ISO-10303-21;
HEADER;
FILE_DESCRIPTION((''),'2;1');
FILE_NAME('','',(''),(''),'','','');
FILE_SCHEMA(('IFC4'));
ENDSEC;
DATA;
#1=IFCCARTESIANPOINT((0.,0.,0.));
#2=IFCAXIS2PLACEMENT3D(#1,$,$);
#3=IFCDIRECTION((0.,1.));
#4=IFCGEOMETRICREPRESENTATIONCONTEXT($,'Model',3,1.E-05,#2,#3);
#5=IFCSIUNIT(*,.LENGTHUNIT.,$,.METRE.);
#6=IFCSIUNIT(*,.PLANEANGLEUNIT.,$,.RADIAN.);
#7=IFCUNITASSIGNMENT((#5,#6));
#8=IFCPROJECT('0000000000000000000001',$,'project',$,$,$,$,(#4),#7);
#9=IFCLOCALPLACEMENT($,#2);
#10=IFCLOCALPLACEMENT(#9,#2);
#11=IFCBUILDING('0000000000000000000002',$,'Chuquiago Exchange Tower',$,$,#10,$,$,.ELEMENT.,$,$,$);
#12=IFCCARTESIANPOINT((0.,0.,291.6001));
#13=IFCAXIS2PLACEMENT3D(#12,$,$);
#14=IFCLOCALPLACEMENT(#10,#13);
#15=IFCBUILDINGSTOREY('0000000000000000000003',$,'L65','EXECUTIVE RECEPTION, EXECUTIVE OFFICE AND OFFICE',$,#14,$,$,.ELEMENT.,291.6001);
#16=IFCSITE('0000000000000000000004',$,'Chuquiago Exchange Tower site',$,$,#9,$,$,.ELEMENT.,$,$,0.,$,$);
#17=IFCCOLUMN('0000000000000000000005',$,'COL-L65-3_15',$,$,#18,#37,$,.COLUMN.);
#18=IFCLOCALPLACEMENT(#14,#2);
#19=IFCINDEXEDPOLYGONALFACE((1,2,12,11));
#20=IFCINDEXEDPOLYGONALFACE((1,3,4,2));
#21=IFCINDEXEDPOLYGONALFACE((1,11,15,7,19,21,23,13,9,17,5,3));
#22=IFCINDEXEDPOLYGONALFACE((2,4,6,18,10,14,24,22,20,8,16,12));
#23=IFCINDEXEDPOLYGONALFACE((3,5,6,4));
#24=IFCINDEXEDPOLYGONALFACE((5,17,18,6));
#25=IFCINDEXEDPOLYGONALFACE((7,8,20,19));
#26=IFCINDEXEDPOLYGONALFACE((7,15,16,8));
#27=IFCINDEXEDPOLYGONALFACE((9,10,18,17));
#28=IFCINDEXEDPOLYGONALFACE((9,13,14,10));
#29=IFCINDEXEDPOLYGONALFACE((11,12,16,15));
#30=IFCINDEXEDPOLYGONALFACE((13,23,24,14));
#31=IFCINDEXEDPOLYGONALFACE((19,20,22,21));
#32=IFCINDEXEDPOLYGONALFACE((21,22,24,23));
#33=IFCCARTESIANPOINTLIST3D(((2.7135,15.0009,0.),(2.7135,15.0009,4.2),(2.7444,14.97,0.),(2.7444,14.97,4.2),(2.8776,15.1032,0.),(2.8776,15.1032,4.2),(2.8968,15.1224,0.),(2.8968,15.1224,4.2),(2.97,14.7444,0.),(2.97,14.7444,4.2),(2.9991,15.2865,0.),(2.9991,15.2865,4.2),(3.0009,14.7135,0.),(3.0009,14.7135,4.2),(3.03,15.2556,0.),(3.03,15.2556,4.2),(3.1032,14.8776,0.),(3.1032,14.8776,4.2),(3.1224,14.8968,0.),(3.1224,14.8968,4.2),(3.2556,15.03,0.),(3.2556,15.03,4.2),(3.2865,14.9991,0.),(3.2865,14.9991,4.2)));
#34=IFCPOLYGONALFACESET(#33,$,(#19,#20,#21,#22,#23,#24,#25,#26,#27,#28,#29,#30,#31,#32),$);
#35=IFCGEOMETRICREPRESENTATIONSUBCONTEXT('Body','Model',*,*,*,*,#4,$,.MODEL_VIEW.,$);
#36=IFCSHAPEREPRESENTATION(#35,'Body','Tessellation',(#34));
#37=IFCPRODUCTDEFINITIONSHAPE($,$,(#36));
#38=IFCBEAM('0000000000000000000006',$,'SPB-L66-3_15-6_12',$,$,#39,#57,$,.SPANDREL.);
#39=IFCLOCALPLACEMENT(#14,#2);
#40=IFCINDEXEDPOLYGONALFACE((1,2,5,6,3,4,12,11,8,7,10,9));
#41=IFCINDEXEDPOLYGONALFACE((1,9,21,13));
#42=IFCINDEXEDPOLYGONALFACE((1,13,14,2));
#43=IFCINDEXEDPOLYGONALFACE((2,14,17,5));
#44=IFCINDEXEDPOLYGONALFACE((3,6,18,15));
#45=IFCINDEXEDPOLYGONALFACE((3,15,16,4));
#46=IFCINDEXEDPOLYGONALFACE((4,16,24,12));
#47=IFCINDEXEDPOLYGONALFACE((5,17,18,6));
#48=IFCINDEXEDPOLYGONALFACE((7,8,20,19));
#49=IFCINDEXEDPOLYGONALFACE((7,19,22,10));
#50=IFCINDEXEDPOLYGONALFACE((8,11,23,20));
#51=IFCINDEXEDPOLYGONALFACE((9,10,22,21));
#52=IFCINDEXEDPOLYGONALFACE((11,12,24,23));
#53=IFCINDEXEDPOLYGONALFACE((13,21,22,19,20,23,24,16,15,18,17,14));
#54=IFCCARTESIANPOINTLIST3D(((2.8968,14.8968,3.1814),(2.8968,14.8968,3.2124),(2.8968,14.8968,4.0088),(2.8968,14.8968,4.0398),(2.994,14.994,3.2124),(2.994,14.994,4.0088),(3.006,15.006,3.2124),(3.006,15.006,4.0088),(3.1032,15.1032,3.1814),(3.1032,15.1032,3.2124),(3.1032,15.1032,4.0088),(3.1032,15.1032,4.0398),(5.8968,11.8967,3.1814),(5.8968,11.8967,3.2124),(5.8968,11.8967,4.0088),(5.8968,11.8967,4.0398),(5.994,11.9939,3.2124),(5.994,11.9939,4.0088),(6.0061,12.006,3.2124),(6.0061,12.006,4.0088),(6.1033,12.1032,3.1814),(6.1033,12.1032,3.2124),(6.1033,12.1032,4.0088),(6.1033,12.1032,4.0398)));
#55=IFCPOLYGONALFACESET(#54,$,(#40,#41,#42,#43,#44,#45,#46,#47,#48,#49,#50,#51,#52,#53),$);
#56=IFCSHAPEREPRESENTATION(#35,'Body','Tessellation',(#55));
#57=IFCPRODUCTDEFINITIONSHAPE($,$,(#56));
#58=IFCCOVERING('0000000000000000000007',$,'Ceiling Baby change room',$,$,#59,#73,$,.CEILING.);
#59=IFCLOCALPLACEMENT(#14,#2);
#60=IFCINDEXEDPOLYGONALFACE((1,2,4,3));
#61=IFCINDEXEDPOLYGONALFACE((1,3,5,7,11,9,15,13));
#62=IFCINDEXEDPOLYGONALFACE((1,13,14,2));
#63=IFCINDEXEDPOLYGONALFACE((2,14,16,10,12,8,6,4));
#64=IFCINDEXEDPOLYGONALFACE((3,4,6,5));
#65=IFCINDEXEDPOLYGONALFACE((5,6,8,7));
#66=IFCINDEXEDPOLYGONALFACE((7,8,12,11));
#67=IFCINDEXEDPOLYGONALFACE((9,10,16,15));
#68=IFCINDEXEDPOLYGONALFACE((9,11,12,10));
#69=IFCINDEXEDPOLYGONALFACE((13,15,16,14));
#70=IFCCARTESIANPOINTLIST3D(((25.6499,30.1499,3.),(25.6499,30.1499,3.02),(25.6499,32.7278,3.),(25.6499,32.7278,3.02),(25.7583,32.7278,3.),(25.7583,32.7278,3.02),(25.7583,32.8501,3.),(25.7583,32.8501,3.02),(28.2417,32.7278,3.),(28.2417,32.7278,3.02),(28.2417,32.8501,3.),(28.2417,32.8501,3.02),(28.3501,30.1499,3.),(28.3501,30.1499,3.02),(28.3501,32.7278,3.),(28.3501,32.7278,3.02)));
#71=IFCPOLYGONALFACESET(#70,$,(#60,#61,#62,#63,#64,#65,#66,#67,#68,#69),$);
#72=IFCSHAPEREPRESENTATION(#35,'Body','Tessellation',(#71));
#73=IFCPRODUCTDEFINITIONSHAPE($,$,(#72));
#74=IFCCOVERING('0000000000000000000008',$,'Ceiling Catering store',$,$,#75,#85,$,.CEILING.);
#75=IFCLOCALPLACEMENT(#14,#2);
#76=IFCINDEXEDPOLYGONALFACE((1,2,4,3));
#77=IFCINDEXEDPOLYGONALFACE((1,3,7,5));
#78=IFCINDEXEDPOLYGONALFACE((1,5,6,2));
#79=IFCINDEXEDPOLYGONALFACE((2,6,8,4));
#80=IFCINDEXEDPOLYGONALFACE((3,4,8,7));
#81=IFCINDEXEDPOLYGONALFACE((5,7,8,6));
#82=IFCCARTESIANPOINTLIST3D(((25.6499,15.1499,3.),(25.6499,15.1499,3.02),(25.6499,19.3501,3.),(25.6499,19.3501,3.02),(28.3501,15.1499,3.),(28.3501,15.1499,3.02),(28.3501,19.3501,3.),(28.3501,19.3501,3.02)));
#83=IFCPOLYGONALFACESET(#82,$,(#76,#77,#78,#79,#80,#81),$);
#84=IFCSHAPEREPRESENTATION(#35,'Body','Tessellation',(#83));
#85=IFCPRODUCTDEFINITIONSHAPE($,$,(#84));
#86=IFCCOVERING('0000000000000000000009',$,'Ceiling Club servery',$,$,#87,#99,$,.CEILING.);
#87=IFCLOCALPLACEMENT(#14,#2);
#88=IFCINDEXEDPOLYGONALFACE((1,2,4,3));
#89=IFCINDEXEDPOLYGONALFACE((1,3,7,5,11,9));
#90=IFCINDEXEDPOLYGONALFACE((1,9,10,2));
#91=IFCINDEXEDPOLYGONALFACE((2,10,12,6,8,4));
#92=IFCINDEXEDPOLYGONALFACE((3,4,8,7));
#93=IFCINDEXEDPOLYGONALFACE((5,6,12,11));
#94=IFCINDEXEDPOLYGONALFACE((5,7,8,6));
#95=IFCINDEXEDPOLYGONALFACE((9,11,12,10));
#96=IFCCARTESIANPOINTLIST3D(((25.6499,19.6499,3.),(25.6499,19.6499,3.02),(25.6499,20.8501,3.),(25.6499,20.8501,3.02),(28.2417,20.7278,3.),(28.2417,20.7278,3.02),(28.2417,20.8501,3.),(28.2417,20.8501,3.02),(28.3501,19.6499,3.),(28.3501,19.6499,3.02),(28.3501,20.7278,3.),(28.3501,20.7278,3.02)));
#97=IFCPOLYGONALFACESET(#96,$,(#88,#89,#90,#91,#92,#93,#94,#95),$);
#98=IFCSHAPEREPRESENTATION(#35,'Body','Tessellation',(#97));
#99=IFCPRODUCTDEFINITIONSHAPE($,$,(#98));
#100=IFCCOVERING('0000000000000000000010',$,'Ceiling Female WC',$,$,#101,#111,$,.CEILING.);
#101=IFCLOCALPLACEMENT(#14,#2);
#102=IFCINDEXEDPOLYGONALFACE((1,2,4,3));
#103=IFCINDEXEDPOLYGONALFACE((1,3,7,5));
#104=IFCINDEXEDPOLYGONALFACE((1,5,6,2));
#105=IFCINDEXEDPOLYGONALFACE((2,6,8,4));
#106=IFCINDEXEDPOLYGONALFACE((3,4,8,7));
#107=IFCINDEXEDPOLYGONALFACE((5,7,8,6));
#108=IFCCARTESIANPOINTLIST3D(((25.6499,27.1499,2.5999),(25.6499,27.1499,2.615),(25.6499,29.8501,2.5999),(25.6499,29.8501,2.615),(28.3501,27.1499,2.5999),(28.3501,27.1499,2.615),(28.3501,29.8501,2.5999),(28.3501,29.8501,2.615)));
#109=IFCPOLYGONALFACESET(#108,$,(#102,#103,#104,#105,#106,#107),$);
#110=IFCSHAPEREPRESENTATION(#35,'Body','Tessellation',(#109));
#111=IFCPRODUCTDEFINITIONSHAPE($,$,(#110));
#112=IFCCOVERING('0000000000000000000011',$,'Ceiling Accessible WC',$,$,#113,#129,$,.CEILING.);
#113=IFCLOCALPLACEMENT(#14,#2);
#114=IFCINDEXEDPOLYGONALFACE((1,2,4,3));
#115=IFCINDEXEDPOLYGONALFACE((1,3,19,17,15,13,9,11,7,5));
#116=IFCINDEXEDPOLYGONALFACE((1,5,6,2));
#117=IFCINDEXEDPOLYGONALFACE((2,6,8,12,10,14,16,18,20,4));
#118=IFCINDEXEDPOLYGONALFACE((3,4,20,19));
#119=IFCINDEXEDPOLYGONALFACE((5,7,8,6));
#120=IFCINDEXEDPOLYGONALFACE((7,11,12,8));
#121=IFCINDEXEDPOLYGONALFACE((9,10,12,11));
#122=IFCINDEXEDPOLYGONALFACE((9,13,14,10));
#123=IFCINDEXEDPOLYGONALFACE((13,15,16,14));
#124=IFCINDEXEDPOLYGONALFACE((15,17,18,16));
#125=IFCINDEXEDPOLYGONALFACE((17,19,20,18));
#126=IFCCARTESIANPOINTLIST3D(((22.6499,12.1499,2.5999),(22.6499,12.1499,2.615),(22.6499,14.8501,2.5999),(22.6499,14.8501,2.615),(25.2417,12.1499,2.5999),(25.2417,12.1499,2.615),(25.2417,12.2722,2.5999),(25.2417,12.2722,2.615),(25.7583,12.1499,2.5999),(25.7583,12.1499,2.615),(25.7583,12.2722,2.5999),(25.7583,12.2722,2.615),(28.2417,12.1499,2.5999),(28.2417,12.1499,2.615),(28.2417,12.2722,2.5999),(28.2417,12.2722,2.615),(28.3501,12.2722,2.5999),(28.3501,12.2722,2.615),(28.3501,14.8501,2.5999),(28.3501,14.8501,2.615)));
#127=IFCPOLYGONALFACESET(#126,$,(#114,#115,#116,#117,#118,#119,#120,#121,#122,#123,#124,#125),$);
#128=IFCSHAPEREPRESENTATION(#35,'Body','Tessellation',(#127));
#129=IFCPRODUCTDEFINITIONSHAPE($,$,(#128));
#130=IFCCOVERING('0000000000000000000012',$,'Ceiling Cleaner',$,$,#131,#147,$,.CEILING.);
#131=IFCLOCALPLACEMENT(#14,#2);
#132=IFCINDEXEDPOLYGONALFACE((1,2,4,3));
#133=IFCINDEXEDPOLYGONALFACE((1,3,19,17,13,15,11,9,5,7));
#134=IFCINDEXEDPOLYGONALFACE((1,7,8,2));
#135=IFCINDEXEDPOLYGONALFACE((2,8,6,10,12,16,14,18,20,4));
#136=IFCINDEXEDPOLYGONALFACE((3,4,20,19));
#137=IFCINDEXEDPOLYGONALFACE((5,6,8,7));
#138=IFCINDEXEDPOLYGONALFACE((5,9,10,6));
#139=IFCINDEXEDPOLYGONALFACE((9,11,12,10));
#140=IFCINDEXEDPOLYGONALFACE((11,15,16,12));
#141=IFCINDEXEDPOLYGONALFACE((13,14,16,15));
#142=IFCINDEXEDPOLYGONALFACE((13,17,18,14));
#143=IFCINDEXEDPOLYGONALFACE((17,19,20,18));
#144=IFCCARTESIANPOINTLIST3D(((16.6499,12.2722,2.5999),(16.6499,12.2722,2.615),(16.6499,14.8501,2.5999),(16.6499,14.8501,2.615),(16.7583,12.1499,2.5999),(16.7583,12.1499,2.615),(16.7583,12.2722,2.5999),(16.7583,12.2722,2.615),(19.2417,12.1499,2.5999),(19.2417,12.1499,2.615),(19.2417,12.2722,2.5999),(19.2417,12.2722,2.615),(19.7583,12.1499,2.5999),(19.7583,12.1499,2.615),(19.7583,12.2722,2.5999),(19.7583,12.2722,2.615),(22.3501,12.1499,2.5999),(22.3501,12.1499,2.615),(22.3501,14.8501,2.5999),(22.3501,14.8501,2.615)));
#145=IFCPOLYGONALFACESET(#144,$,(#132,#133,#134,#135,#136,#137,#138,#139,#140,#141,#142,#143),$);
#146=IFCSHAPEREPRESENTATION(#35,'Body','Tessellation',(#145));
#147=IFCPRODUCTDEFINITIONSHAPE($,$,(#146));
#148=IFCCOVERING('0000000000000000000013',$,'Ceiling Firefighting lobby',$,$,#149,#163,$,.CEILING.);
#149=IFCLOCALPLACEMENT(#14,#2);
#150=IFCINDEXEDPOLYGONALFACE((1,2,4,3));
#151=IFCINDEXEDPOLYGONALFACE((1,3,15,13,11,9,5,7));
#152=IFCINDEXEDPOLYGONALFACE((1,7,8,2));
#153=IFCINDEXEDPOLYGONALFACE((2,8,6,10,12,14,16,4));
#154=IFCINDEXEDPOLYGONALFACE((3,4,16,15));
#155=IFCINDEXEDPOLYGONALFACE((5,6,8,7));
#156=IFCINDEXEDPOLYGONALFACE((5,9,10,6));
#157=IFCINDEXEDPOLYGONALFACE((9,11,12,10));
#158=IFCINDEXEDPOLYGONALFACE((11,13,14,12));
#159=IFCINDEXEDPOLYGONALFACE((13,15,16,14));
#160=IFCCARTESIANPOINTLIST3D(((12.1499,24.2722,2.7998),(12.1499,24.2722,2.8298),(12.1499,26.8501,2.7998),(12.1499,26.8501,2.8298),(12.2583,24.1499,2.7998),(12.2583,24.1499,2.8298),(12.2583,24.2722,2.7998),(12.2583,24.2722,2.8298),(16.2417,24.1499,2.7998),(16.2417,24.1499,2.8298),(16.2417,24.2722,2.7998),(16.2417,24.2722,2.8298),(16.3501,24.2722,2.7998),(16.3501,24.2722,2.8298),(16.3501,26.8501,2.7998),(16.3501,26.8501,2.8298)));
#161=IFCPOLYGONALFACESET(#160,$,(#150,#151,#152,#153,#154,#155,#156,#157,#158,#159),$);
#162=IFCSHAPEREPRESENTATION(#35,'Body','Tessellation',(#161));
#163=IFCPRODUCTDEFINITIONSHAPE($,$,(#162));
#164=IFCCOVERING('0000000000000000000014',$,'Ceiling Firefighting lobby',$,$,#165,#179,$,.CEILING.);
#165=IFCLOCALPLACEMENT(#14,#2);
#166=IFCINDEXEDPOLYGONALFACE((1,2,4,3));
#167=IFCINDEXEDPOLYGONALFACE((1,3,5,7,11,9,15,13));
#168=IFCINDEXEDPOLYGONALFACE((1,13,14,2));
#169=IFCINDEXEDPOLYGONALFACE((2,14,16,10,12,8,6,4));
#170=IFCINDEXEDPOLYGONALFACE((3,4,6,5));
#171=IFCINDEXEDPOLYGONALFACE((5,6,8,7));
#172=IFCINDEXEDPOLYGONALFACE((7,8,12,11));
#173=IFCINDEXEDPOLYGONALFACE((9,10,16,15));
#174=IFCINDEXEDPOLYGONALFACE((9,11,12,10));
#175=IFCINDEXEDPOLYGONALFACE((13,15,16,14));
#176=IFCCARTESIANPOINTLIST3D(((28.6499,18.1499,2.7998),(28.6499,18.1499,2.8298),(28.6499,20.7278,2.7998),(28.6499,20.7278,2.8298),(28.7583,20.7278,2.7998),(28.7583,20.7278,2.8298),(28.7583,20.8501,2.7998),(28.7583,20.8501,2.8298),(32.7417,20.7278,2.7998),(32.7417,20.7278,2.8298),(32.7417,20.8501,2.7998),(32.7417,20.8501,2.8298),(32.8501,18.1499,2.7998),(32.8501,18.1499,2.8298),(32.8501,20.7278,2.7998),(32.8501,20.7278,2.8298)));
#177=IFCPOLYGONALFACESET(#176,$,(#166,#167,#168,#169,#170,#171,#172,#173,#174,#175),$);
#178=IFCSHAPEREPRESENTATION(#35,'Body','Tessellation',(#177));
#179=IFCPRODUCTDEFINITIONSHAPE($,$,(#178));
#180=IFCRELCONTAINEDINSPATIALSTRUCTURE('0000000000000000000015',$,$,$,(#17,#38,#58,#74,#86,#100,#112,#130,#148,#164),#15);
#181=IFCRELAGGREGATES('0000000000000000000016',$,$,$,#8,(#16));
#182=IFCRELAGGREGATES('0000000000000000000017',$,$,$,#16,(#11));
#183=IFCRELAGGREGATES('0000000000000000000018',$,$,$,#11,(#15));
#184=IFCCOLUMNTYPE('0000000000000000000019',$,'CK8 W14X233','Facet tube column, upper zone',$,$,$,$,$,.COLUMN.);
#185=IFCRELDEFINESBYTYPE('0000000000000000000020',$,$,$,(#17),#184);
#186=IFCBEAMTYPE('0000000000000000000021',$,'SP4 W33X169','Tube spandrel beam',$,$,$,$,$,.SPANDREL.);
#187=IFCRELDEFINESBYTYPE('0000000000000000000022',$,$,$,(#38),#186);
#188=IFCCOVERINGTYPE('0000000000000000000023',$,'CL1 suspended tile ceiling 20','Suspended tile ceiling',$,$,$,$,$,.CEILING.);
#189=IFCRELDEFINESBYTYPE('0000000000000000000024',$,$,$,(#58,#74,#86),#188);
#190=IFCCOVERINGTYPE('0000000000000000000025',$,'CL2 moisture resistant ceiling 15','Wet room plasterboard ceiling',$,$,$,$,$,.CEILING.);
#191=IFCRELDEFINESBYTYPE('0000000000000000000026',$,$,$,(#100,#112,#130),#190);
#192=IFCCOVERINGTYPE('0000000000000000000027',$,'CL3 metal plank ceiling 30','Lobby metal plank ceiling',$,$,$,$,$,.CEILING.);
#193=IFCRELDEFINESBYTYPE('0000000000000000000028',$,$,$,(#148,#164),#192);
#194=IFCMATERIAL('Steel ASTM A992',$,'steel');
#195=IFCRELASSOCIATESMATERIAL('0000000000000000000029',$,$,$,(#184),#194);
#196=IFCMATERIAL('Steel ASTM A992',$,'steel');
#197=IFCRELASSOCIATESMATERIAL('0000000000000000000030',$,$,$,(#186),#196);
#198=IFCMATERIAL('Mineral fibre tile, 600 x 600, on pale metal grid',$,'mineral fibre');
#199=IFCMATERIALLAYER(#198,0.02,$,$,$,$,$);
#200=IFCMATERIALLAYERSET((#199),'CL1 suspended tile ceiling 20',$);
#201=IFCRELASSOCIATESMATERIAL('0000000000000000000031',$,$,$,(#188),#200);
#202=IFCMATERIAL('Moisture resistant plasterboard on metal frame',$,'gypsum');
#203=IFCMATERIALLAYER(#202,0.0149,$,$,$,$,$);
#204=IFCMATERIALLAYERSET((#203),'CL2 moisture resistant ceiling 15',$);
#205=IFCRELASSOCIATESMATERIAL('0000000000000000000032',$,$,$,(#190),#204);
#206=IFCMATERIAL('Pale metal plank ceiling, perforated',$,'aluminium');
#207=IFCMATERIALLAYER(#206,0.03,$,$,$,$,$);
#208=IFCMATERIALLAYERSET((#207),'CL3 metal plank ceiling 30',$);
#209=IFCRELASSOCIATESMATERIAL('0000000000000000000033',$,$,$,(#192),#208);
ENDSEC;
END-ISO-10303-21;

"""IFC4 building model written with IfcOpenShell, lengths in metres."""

from ifc_helpers import new_model, si_unit, direction, frame, origin, origin_2d, place, context, subcontext, project, spatial, polyline, i_section, outline, extrude, material, layer, layer_set, material_profile, profile_set, type_object, element, save


model = new_model("IFC4")

# Units and contexts
model_context = context("Model", 3, precision=1e-05, world=origin(), true_north=direction((0.0, 1.0)))
body_context = subcontext(model_context, "Body", "Model", "MODEL_VIEW")
ifc_project = project(units=[si_unit("LENGTHUNIT", "METRE"), si_unit("PLANEANGLEUNIT", "RADIAN")], contexts=[model_context])

# Site, building, storey
site_placement = place(None, origin())
site = spatial("IfcSite", under=ifc_project, at=site_placement, Name="Chuquiago Exchange Tower site", CompositionType="ELEMENT", RefElevation=0.0)
building_placement = place(site_placement, origin())
building = spatial("IfcBuilding", under=site, at=building_placement, Name="Chuquiago Exchange Tower", CompositionType="ELEMENT")
storey_placement = place(building_placement, frame((0.0, 0.0, 291.6001)))
storey = spatial("IfcBuildingStorey", under=building, at=storey_placement, Name="L65", Description="EXECUTIVE RECEPTION, EXECUTIVE OFFICE AND OFFICE", CompositionType="ELEMENT", Elevation=291.6001)

# Column
ifc_material_1 = material(Name="Steel ASTM A992", Category="steel")
ifc_material_profile_1 = material_profile(ifc_material_1, i_section(OverallWidth=0.4038, OverallDepth=0.4065, WebThickness=0.0271, FlangeThickness=0.0437, at=origin_2d()), Name="W14X233")
ifc_profile_set_1 = profile_set([ifc_material_profile_1], Name="Steel ASTM A992")
column_type = type_object("IfcColumnType", Name="CK8 W14X233", Description="Facet tube column, upper zone", PredefinedType="COLUMN", material=ifc_profile_set_1)
column_placement = place(storey_placement, frame((3.0, 15.0, 0.0), z_axis=(0.0, 0.0, 1.0), x_axis=(-0.707107, -0.707107, 0.0)))
element("IfcColumn", 1, at=column_placement, inside=storey, type_object=column_type, Name="COL-L65-3_15", PredefinedType="COLUMN", context=body_context, shape_type="SweptSolid", body=[
    extrude(i_section(OverallWidth=0.4038, OverallDepth=0.4065, WebThickness=0.0271, FlangeThickness=0.0437, at=origin_2d()), origin(), (0.0, 0.0, 1.0), 4.2),
])

# Beam
ifc_material_2 = material(Name="Steel ASTM A992", Category="steel")
ifc_material_profile_2 = material_profile(ifc_material_2, i_section(OverallWidth=0.292, OverallDepth=0.8584, WebThickness=0.0171, FlangeThickness=0.031, at=origin_2d()), Name="W33X169")
ifc_profile_set_2 = profile_set([ifc_material_profile_2], Name="Steel ASTM A992")
beam_type = type_object("IfcBeamType", Name="SP4 W33X169", Description="Tube spandrel beam", PredefinedType="SPANDREL", material=ifc_profile_set_2)
beam_placement = place(storey_placement, frame((3.0, 15.0, 3.6106), z_axis=(0.707107, -0.707107, 0.0), x_axis=(0.707107, 0.707107, 0.0)))
element("IfcBeam", 2, at=beam_placement, inside=storey, type_object=beam_type, Name="SPB-L66-3_15-6_12", PredefinedType="SPANDREL", context=body_context, shape_type="SweptSolid", body=[
    extrude(i_section(OverallWidth=0.292, OverallDepth=0.8584, WebThickness=0.0171, FlangeThickness=0.031, at=origin_2d()), origin(), (0.0, 0.0, 1.0), 4.2427),
])

# Coverings
ifc_material_3 = material(Name="Mineral fibre tile, 600 x 600, on pale metal grid", Category="mineral fibre")
ifc_layer_1 = layer(ifc_material_3, 0.02)
ifc_layer_set_1 = layer_set([ifc_layer_1], Name="CL1 suspended tile ceiling 20")
covering_type_1 = type_object("IfcCoveringType", Name="CL1 suspended tile ceiling 20", Description="Suspended tile ceiling", PredefinedType="CEILING", material=ifc_layer_set_1)
covering_1_placement = place(storey_placement, frame((0.0, 0.0, 3.0)))
element("IfcCovering", 3, at=covering_1_placement, inside=storey, type_object=covering_type_1, Name="Ceiling Baby change room", PredefinedType="CEILING", context=body_context, shape_type="SweptSolid", body=[
    extrude(outline(polyline([(25.6499, 30.1499), (25.6499, 32.7278), (25.7583, 32.7278), (25.7583, 32.8501), (28.2417, 32.8501), (28.2417, 32.7278), (28.3501, 32.7278), (28.3501, 30.1499), (25.6499, 30.1499)])), origin(), (0.0, 0.0, 1.0), 0.02),
])
covering_2_placement = place(storey_placement, frame((0.0, 0.0, 3.0)))
element("IfcCovering", 4, at=covering_2_placement, inside=storey, type_object=covering_type_1, Name="Ceiling Catering store", PredefinedType="CEILING", context=body_context, shape_type="SweptSolid", body=[
    extrude(outline(polyline([(25.6499, 15.1499), (25.6499, 19.3501), (28.3501, 19.3501), (28.3501, 15.1499), (25.6499, 15.1499)])), origin(), (0.0, 0.0, 1.0), 0.02),
])
covering_3_placement = place(storey_placement, frame((0.0, 0.0, 3.0)))
element("IfcCovering", 5, at=covering_3_placement, inside=storey, type_object=covering_type_1, Name="Ceiling Club servery", PredefinedType="CEILING", context=body_context, shape_type="SweptSolid", body=[
    extrude(outline(polyline([(25.6499, 19.6499), (25.6499, 20.8501), (28.2417, 20.8501), (28.2417, 20.7278), (28.3501, 20.7278), (28.3501, 19.6499), (25.6499, 19.6499)])), origin(), (0.0, 0.0, 1.0), 0.02),
])
ifc_material_4 = material(Name="Moisture resistant plasterboard on metal frame", Category="gypsum")
ifc_layer_2 = layer(ifc_material_4, 0.0149)
ifc_layer_set_2 = layer_set([ifc_layer_2], Name="CL2 moisture resistant ceiling 15")
covering_type_2 = type_object("IfcCoveringType", Name="CL2 moisture resistant ceiling 15", Description="Wet room plasterboard ceiling", PredefinedType="CEILING", material=ifc_layer_set_2)
covering_4_placement = place(storey_placement, frame((0.0, 0.0, 2.5999)))
element("IfcCovering", 6, at=covering_4_placement, inside=storey, type_object=covering_type_2, Name="Ceiling Female WC", PredefinedType="CEILING", context=body_context, shape_type="SweptSolid", body=[
    extrude(outline(polyline([(25.6499, 27.1499), (25.6499, 29.8501), (28.3501, 29.8501), (28.3501, 27.1499), (25.6499, 27.1499)])), origin(), (0.0, 0.0, 1.0), 0.0151),
])
covering_5_placement = place(storey_placement, frame((0.0, 0.0, 2.5999)))
element("IfcCovering", 7, at=covering_5_placement, inside=storey, type_object=covering_type_2, Name="Ceiling Accessible WC", PredefinedType="CEILING", context=body_context, shape_type="SweptSolid", body=[
    extrude(outline(polyline([(25.7583, 12.1499), (25.7583, 12.2722), (25.2417, 12.2722), (25.2417, 12.1499), (22.6499, 12.1499), (22.6499, 14.8501), (28.3501, 14.8501), (28.3501, 12.2722), (28.2417, 12.2722), (28.2417, 12.1499), (25.7583, 12.1499)])), origin(), (0.0, 0.0, 1.0), 0.0151),
])
covering_6_placement = place(storey_placement, frame((0.0, 0.0, 2.5999)))
element("IfcCovering", 8, at=covering_6_placement, inside=storey, type_object=covering_type_2, Name="Ceiling Cleaner", PredefinedType="CEILING", context=body_context, shape_type="SweptSolid", body=[
    extrude(outline(polyline([(19.7583, 12.1499), (19.7583, 12.2722), (19.2417, 12.2722), (19.2417, 12.1499), (16.7583, 12.1499), (16.7583, 12.2722), (16.6499, 12.2722), (16.6499, 14.8501), (22.3501, 14.8501), (22.3501, 12.1499), (19.7583, 12.1499)])), origin(), (0.0, 0.0, 1.0), 0.0151),
])
ifc_material_5 = material(Name="Pale metal plank ceiling, perforated", Category="aluminium")
ifc_layer_3 = layer(ifc_material_5, 0.03)
ifc_layer_set_3 = layer_set([ifc_layer_3], Name="CL3 metal plank ceiling 30")
covering_type_3 = type_object("IfcCoveringType", Name="CL3 metal plank ceiling 30", Description="Lobby metal plank ceiling", PredefinedType="CEILING", material=ifc_layer_set_3)
covering_7_placement = place(storey_placement, frame((0.0, 0.0, 2.7998)))
element("IfcCovering", 9, at=covering_7_placement, inside=storey, type_object=covering_type_3, Name="Ceiling Firefighting lobby", PredefinedType="CEILING", context=body_context, shape_type="SweptSolid", body=[
    extrude(outline(polyline([(12.2583, 24.1499), (12.2583, 24.2722), (12.1499, 24.2722), (12.1499, 26.8501), (16.3501, 26.8501), (16.3501, 24.2722), (16.2417, 24.2722), (16.2417, 24.1499), (12.2583, 24.1499)])), origin(), (0.0, 0.0, 1.0), 0.03),
])
covering_8_placement = place(storey_placement, frame((0.0, 0.0, 2.7998)))
element("IfcCovering", 10, at=covering_8_placement, inside=storey, type_object=covering_type_3, Name="Ceiling Firefighting lobby", PredefinedType="CEILING", context=body_context, shape_type="SweptSolid", body=[
    extrude(outline(polyline([(28.6499, 18.1499), (28.6499, 20.7278), (28.7583, 20.7278), (28.7583, 20.8501), (32.7417, 20.8501), (32.7417, 20.7278), (32.8501, 20.7278), (32.8501, 18.1499), (28.6499, 18.1499)])), origin(), (0.0, 0.0, 1.0), 0.03),
])

save(model, "model.ifc")
